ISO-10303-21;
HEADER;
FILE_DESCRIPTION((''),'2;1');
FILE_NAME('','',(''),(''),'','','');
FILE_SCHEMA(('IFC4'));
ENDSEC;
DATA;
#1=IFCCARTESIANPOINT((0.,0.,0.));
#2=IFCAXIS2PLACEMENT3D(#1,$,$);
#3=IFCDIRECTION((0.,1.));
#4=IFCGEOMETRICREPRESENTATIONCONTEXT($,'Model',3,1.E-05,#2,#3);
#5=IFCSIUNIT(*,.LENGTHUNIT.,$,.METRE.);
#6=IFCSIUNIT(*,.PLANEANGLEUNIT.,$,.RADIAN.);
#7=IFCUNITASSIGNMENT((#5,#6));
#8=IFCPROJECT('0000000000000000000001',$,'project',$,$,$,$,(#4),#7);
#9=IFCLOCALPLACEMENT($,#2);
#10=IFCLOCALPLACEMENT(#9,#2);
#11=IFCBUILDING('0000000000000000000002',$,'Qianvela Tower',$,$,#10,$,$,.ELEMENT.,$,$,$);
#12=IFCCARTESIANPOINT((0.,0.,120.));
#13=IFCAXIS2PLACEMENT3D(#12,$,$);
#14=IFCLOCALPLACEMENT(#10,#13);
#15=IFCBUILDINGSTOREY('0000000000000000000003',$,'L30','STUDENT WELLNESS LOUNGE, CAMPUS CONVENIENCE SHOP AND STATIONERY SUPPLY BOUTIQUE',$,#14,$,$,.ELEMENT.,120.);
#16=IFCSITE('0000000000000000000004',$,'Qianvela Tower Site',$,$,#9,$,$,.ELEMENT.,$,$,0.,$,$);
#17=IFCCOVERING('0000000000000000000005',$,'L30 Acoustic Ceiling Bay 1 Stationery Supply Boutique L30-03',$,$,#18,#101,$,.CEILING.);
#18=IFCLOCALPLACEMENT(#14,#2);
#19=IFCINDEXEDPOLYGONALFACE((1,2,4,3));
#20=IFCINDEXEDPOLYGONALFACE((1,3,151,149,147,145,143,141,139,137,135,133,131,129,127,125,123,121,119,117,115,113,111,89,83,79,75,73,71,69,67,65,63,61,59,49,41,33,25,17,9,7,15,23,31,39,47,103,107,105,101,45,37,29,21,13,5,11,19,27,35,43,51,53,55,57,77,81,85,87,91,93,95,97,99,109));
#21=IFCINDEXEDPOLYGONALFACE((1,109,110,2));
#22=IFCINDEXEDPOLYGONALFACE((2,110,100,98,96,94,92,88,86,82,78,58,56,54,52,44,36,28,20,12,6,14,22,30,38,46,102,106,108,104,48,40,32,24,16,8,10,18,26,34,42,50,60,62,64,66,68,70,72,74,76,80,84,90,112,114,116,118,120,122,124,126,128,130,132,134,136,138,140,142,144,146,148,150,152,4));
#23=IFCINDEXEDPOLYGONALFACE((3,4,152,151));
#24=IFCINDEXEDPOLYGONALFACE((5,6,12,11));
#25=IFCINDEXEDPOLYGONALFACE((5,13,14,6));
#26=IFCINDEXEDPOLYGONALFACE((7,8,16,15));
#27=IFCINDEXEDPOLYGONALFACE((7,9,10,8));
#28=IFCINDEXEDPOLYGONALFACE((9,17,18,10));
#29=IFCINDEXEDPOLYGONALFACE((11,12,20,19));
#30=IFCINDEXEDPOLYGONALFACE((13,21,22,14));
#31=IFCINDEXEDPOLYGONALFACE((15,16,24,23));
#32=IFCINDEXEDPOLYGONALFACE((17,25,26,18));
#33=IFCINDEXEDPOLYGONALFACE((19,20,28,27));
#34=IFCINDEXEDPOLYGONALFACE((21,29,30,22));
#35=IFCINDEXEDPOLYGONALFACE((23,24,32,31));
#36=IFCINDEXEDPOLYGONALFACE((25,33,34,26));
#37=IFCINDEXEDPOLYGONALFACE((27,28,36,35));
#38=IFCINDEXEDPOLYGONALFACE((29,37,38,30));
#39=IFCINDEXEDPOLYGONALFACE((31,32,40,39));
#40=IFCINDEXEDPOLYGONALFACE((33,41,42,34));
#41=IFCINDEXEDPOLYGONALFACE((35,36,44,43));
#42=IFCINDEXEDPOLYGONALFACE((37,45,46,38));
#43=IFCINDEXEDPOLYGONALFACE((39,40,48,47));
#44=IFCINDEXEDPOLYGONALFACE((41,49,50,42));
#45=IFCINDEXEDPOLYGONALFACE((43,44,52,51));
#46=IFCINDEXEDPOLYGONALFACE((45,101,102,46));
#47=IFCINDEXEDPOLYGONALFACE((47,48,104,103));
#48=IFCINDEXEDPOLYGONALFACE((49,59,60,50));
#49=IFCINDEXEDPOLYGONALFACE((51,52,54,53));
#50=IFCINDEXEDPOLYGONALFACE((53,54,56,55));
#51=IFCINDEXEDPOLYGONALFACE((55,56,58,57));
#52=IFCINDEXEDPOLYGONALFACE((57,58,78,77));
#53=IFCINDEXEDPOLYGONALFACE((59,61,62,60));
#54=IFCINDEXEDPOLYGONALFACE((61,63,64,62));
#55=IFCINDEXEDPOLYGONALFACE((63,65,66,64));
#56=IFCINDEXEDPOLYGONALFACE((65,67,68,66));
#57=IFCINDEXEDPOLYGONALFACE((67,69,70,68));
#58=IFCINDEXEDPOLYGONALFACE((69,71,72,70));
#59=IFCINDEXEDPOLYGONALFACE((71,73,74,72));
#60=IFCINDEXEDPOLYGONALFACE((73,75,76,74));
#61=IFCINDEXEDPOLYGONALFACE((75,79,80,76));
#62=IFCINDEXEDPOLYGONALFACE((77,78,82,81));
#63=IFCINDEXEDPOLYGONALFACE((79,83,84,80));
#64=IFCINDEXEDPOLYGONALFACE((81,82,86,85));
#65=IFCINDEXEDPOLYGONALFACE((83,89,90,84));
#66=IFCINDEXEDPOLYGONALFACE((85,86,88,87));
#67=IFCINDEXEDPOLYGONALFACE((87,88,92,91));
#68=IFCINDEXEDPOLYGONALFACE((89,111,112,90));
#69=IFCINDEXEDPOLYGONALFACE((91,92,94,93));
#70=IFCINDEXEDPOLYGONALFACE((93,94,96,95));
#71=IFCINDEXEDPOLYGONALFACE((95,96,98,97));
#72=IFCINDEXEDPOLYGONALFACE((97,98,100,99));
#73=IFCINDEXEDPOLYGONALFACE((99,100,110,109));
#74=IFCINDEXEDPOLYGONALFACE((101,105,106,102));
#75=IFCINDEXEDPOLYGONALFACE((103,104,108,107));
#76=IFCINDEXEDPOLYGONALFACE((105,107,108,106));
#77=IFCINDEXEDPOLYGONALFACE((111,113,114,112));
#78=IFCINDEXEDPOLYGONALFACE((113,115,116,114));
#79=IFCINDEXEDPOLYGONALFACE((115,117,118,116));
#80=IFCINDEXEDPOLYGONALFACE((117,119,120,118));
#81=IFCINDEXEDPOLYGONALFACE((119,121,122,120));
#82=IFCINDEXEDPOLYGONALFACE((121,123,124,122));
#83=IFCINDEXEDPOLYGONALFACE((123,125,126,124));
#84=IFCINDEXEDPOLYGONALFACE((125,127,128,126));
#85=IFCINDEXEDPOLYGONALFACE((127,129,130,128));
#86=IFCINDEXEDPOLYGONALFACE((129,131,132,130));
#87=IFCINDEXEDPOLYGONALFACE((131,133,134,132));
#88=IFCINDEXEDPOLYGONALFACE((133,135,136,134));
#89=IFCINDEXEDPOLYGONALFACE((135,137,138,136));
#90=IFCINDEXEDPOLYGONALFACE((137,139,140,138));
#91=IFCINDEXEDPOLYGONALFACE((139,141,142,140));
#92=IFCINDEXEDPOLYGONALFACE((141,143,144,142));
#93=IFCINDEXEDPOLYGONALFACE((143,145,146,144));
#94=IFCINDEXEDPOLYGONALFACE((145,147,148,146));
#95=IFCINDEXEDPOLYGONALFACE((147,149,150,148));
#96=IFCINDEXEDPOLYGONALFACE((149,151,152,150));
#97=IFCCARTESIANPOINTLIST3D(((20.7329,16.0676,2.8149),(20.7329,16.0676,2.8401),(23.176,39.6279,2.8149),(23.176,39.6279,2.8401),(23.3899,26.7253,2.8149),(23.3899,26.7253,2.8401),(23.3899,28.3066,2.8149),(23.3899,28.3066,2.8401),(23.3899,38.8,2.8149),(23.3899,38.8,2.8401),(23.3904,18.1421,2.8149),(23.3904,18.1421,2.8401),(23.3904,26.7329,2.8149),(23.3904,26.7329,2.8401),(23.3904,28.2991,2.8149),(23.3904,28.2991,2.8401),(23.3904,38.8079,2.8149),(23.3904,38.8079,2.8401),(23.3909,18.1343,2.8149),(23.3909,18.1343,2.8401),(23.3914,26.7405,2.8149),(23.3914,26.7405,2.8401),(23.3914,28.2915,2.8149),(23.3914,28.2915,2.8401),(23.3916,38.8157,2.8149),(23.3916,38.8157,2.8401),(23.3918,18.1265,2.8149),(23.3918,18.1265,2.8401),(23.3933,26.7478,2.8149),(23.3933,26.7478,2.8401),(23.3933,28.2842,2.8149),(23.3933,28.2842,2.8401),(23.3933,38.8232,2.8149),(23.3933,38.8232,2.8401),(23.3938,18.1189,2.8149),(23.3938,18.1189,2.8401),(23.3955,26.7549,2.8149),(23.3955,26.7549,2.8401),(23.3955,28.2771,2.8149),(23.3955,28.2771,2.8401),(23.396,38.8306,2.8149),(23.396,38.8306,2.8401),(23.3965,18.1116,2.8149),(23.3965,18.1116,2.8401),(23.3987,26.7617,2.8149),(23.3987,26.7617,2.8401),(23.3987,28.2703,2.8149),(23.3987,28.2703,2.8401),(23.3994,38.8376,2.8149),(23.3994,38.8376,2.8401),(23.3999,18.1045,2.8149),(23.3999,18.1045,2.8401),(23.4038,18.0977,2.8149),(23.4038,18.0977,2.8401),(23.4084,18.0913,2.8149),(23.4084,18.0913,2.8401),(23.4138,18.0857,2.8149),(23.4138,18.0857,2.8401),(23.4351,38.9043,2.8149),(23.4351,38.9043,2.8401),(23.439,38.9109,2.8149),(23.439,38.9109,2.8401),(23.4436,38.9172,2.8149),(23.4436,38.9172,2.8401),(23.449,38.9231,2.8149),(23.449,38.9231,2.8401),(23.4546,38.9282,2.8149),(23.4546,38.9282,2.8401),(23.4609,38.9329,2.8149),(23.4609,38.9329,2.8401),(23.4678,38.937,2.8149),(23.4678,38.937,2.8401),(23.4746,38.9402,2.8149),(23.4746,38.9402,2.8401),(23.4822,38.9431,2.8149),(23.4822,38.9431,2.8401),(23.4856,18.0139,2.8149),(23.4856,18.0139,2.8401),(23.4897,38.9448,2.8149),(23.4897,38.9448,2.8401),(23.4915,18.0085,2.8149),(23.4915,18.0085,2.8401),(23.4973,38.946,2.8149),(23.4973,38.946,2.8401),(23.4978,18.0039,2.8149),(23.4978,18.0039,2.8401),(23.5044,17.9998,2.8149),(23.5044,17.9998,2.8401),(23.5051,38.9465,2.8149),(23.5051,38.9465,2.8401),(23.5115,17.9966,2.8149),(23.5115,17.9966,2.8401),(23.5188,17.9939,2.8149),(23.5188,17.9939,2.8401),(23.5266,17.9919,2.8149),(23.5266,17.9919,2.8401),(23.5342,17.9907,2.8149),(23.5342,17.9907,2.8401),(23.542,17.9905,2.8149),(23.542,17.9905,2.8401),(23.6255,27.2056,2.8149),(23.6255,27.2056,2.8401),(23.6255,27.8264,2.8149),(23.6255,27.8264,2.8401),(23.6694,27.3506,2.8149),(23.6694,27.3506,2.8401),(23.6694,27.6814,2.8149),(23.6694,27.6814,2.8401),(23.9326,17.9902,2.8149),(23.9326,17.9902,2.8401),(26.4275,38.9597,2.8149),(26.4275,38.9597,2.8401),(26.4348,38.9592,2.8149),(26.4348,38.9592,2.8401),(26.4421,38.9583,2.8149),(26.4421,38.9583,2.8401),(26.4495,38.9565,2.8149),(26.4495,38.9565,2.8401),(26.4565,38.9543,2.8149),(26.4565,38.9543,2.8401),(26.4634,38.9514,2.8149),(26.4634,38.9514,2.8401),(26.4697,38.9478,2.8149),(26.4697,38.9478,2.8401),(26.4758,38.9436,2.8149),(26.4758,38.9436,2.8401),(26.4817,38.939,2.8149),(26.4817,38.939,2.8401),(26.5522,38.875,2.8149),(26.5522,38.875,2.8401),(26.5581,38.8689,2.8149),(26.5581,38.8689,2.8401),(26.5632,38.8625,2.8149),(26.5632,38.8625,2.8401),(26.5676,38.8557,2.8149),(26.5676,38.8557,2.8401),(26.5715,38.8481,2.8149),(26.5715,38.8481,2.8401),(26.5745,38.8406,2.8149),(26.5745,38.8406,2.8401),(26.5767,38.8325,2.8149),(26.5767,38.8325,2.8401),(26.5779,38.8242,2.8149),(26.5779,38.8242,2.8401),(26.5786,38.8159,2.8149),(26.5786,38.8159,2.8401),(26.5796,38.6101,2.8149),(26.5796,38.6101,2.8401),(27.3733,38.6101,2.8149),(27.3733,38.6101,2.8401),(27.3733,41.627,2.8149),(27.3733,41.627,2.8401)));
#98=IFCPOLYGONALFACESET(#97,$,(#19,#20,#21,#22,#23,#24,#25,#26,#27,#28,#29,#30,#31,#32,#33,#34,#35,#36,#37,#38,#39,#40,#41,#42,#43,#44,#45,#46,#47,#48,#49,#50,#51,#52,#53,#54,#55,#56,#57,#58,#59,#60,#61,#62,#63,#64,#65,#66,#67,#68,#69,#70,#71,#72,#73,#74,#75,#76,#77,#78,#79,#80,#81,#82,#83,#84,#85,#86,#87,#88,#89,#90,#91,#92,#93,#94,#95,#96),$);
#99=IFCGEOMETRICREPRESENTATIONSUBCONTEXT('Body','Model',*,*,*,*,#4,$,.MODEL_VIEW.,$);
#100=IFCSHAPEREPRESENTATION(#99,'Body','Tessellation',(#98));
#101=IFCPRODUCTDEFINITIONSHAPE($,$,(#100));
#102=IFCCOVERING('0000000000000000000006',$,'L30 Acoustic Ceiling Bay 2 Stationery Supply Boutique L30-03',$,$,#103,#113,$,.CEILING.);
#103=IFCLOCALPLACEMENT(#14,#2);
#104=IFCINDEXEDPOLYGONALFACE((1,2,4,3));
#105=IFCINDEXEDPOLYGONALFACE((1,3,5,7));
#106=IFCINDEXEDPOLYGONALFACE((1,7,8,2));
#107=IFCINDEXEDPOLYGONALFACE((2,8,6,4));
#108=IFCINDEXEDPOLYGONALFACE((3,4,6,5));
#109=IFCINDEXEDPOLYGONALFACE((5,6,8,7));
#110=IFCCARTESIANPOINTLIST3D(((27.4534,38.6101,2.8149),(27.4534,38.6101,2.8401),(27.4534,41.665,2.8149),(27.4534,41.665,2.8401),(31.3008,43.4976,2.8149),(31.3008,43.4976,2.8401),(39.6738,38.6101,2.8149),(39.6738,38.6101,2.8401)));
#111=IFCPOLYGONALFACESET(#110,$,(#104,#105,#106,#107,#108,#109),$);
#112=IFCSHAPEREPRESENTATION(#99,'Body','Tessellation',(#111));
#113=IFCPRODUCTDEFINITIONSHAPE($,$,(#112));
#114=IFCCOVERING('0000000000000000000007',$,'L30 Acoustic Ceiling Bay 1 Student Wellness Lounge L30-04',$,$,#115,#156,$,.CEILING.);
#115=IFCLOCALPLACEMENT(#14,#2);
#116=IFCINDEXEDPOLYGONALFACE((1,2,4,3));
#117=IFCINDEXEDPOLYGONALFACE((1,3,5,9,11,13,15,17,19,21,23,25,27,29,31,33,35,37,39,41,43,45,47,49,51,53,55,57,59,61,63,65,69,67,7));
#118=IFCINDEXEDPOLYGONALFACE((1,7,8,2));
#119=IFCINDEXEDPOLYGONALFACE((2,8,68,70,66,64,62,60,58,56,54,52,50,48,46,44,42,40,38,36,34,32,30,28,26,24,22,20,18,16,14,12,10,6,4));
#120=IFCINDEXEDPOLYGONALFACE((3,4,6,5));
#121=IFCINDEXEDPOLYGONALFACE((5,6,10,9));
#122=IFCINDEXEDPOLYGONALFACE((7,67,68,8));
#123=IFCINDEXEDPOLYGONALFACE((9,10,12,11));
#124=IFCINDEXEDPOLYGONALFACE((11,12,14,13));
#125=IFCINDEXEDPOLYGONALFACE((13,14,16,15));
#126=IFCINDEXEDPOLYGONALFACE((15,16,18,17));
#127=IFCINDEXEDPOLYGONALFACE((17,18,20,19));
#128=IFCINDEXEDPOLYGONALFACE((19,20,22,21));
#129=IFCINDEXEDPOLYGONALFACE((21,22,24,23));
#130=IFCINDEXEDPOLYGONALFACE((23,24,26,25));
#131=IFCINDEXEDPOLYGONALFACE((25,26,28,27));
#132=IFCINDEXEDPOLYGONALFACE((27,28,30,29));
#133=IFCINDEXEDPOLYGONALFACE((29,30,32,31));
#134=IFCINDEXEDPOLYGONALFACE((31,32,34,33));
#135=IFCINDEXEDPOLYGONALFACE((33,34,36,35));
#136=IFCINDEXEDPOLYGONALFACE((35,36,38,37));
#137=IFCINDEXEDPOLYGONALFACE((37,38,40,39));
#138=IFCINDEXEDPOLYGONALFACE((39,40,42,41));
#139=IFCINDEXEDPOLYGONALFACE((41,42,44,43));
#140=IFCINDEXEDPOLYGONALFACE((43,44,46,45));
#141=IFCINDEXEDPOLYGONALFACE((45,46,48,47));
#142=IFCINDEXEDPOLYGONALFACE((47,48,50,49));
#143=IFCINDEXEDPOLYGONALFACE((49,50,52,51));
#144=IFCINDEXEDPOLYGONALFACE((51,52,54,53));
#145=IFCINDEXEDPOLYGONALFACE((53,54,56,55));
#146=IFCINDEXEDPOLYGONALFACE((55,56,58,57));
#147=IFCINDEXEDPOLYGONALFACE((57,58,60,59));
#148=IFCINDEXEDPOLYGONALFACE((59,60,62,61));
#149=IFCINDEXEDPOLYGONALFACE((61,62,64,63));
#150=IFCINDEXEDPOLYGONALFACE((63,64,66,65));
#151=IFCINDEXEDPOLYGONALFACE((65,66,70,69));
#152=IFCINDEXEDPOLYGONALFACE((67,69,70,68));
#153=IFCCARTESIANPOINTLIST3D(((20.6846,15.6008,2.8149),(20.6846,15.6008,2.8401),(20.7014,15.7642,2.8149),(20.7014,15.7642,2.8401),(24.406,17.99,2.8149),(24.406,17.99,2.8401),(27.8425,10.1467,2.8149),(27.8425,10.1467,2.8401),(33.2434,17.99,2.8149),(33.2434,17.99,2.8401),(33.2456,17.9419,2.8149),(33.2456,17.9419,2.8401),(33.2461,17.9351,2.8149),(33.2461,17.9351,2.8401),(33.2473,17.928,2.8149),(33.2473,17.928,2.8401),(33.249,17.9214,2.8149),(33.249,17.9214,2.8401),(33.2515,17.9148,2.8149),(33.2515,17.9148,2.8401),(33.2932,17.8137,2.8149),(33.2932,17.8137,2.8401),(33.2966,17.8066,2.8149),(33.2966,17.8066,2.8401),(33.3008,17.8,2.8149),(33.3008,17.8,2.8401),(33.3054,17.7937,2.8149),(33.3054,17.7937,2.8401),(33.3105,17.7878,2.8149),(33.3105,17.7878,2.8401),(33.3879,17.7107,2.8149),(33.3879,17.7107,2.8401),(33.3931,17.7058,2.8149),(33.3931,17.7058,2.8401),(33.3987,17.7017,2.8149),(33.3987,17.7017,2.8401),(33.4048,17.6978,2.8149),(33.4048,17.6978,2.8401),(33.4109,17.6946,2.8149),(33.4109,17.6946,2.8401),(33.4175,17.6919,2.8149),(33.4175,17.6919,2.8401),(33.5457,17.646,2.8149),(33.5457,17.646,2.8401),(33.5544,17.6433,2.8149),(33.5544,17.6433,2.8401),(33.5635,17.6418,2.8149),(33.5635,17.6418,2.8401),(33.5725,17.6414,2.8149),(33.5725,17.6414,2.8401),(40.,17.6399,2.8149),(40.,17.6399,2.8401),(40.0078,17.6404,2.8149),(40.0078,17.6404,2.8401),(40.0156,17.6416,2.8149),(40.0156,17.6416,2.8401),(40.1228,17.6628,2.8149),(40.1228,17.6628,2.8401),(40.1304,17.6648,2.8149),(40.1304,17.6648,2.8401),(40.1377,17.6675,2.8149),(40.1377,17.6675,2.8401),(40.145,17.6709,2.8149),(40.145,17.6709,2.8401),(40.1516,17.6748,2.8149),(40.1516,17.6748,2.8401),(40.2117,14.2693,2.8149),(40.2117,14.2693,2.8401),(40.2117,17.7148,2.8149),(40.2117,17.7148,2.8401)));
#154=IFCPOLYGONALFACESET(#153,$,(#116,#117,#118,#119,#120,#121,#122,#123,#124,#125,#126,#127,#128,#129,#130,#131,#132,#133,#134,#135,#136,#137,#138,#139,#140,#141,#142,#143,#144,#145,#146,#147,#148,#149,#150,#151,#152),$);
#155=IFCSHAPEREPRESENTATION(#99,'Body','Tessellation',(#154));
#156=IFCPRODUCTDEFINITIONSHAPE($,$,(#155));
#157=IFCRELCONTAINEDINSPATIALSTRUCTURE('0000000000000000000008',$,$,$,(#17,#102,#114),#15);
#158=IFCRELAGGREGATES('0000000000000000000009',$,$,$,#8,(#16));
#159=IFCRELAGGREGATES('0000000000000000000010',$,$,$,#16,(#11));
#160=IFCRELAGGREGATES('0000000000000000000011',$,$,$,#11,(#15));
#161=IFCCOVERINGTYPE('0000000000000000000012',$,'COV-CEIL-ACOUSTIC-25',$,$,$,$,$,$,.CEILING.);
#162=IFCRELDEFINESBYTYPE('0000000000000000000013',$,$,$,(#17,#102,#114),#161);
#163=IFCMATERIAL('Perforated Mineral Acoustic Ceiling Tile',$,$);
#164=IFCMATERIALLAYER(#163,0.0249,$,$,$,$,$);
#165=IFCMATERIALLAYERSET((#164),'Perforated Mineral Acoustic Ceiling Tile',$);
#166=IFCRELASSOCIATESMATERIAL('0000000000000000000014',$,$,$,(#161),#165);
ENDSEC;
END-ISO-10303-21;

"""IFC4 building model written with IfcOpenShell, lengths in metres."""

from ifc_helpers import new_model, si_unit, direction, frame, origin, place, context, subcontext, project, spatial, polyline, outline, extrude, material, layer, layer_set, type_object, element, save


model = new_model("IFC4")

# Units and contexts
model_context = context("Model", 3, precision=1e-05, world=origin(), true_north=direction((0.0, 1.0)))
body_context = subcontext(model_context, "Body", "Model", "MODEL_VIEW")
ifc_project = project(units=[si_unit("LENGTHUNIT", "METRE"), si_unit("PLANEANGLEUNIT", "RADIAN")], contexts=[model_context])

# Site, building, storey
site_placement = place(None, origin())
site = spatial("IfcSite", under=ifc_project, at=site_placement, Name="Qianvela Tower Site", CompositionType="ELEMENT", RefElevation=0.0)
building_placement = place(site_placement, origin())
building = spatial("IfcBuilding", under=site, at=building_placement, Name="Qianvela Tower", CompositionType="ELEMENT")
storey_placement = place(building_placement, frame((0.0, 0.0, 120.0)))
storey = spatial("IfcBuildingStorey", under=building, at=storey_placement, Name="L30", Description="STUDENT WELLNESS LOUNGE, CAMPUS CONVENIENCE SHOP AND STATIONERY SUPPLY BOUTIQUE", CompositionType="ELEMENT", Elevation=120.0)

# Coverings
ifc_material_1 = material(Name="Perforated Mineral Acoustic Ceiling Tile")
ifc_layer_1 = layer(ifc_material_1, 0.0249)
ifc_layer_set_1 = layer_set([ifc_layer_1], Name="Perforated Mineral Acoustic Ceiling Tile")
covering_type_1 = type_object("IfcCoveringType", Name="COV-CEIL-ACOUSTIC-25", PredefinedType="CEILING", material=ifc_layer_set_1)
covering_1_placement = place(storey_placement, frame((0.0, 0.0, 2.8149)))
element("IfcCovering", 1, at=covering_1_placement, inside=storey, type_object=covering_type_1, Name="L30 Acoustic Ceiling Bay 1 Stationery Supply Boutique L30-03", PredefinedType="CEILING", context=body_context, shape_type="SweptSolid", body=[
    extrude(outline(polyline([(23.3955, 26.7549), (23.3933, 26.7478), (23.3914, 26.7405), (23.3904, 26.7329), (23.3899, 26.7253), (23.3904, 18.1421), (23.3909, 18.1343), (23.3918, 18.1265), (23.3938, 18.1189), (23.3965, 18.1116), (23.3999, 18.1045), (23.4038, 18.0977), (23.4084, 18.0913), (23.4138, 18.0857), (23.4856, 18.0139), (23.4915, 18.0085), (23.4978, 18.0039), (23.5044, 17.9998), (23.5115, 17.9966), (23.5188, 17.9939), (23.5266, 17.9919), (23.5342, 17.9907), (23.542, 17.9905), (23.9326, 17.9902), (20.7329, 16.0676), (23.176, 39.6279), (27.3733, 41.627), (27.3733, 38.6101), (26.5796, 38.6101), (26.5786, 38.8159), (26.5779, 38.8242), (26.5767, 38.8325), (26.5745, 38.8406), (26.5715, 38.8481), (26.5676, 38.8557), (26.5632, 38.8625), (26.5581, 38.8689), (26.5522, 38.875), (26.4817, 38.939), (26.4758, 38.9436), (26.4697, 38.9478), (26.4634, 38.9514), (26.4565, 38.9543), (26.4495, 38.9565), (26.4421, 38.9583), (26.4348, 38.9592), (26.4275, 38.9597), (23.5051, 38.9465), (23.4973, 38.946), (23.4897, 38.9448), (23.4822, 38.9431), (23.4746, 38.9402), (23.4678, 38.937), (23.4609, 38.9329), (23.4546, 38.9282), (23.449, 38.9231), (23.4436, 38.9172), (23.439, 38.9109), (23.4351, 38.9043), (23.3994, 38.8376), (23.396, 38.8306), (23.3933, 38.8232), (23.3916, 38.8157), (23.3904, 38.8079), (23.3899, 38.8), (23.3899, 28.3066), (23.3904, 28.2991), (23.3914, 28.2915), (23.3933, 28.2842), (23.3955, 28.2771), (23.3987, 28.2703), (23.6255, 27.8264), (23.6694, 27.6814), (23.6694, 27.3506), (23.6255, 27.2056), (23.3987, 26.7617), (23.3955, 26.7549)])), origin(), (0.0, 0.0, 1.0), 0.0251),
])
covering_2_placement = place(storey_placement, frame((0.0, 0.0, 2.8149)))
element("IfcCovering", 2, at=covering_2_placement, inside=storey, type_object=covering_type_1, Name="L30 Acoustic Ceiling Bay 2 Stationery Supply Boutique L30-03", PredefinedType="CEILING", context=body_context, shape_type="SweptSolid", body=[
    extrude(outline(polyline([(31.3008, 43.4976), (39.6738, 38.6101), (27.4534, 38.6101), (27.4534, 41.665), (31.3008, 43.4976)])), origin(), (0.0, 0.0, 1.0), 0.0251),
])
covering_3_placement = place(storey_placement, frame((0.0, 0.0, 2.8149)))
element("IfcCovering", 3, at=covering_3_placement, inside=storey, type_object=covering_type_1, Name="L30 Acoustic Ceiling Bay 1 Student Wellness Lounge L30-04", PredefinedType="CEILING", context=body_context, shape_type="SweptSolid", body=[
    extrude(outline(polyline([(40.1304, 17.6648), (40.1377, 17.6675), (40.145, 17.6709), (40.1516, 17.6748), (40.2117, 17.7148), (40.2117, 14.2693), (27.8425, 10.1467), (20.6846, 15.6008), (20.7014, 15.7642), (24.406, 17.99), (33.2434, 17.99), (33.2456, 17.9419), (33.2461, 17.9351), (33.2473, 17.928), (33.249, 17.9214), (33.2515, 17.9148), (33.2932, 17.8137), (33.2966, 17.8066), (33.3008, 17.8), (33.3054, 17.7937), (33.3105, 17.7878), (33.3879, 17.7107), (33.3931, 17.7058), (33.3987, 17.7017), (33.4048, 17.6978), (33.4109, 17.6946), (33.4175, 17.6919), (33.5457, 17.646), (33.5544, 17.6433), (33.5635, 17.6418), (33.5725, 17.6414), (40.0, 17.6399), (40.0078, 17.6404), (40.0156, 17.6416), (40.1228, 17.6628), (40.1304, 17.6648)])), origin(), (0.0, 0.0, 1.0), 0.0251),
])

save(model, "model.ifc")
